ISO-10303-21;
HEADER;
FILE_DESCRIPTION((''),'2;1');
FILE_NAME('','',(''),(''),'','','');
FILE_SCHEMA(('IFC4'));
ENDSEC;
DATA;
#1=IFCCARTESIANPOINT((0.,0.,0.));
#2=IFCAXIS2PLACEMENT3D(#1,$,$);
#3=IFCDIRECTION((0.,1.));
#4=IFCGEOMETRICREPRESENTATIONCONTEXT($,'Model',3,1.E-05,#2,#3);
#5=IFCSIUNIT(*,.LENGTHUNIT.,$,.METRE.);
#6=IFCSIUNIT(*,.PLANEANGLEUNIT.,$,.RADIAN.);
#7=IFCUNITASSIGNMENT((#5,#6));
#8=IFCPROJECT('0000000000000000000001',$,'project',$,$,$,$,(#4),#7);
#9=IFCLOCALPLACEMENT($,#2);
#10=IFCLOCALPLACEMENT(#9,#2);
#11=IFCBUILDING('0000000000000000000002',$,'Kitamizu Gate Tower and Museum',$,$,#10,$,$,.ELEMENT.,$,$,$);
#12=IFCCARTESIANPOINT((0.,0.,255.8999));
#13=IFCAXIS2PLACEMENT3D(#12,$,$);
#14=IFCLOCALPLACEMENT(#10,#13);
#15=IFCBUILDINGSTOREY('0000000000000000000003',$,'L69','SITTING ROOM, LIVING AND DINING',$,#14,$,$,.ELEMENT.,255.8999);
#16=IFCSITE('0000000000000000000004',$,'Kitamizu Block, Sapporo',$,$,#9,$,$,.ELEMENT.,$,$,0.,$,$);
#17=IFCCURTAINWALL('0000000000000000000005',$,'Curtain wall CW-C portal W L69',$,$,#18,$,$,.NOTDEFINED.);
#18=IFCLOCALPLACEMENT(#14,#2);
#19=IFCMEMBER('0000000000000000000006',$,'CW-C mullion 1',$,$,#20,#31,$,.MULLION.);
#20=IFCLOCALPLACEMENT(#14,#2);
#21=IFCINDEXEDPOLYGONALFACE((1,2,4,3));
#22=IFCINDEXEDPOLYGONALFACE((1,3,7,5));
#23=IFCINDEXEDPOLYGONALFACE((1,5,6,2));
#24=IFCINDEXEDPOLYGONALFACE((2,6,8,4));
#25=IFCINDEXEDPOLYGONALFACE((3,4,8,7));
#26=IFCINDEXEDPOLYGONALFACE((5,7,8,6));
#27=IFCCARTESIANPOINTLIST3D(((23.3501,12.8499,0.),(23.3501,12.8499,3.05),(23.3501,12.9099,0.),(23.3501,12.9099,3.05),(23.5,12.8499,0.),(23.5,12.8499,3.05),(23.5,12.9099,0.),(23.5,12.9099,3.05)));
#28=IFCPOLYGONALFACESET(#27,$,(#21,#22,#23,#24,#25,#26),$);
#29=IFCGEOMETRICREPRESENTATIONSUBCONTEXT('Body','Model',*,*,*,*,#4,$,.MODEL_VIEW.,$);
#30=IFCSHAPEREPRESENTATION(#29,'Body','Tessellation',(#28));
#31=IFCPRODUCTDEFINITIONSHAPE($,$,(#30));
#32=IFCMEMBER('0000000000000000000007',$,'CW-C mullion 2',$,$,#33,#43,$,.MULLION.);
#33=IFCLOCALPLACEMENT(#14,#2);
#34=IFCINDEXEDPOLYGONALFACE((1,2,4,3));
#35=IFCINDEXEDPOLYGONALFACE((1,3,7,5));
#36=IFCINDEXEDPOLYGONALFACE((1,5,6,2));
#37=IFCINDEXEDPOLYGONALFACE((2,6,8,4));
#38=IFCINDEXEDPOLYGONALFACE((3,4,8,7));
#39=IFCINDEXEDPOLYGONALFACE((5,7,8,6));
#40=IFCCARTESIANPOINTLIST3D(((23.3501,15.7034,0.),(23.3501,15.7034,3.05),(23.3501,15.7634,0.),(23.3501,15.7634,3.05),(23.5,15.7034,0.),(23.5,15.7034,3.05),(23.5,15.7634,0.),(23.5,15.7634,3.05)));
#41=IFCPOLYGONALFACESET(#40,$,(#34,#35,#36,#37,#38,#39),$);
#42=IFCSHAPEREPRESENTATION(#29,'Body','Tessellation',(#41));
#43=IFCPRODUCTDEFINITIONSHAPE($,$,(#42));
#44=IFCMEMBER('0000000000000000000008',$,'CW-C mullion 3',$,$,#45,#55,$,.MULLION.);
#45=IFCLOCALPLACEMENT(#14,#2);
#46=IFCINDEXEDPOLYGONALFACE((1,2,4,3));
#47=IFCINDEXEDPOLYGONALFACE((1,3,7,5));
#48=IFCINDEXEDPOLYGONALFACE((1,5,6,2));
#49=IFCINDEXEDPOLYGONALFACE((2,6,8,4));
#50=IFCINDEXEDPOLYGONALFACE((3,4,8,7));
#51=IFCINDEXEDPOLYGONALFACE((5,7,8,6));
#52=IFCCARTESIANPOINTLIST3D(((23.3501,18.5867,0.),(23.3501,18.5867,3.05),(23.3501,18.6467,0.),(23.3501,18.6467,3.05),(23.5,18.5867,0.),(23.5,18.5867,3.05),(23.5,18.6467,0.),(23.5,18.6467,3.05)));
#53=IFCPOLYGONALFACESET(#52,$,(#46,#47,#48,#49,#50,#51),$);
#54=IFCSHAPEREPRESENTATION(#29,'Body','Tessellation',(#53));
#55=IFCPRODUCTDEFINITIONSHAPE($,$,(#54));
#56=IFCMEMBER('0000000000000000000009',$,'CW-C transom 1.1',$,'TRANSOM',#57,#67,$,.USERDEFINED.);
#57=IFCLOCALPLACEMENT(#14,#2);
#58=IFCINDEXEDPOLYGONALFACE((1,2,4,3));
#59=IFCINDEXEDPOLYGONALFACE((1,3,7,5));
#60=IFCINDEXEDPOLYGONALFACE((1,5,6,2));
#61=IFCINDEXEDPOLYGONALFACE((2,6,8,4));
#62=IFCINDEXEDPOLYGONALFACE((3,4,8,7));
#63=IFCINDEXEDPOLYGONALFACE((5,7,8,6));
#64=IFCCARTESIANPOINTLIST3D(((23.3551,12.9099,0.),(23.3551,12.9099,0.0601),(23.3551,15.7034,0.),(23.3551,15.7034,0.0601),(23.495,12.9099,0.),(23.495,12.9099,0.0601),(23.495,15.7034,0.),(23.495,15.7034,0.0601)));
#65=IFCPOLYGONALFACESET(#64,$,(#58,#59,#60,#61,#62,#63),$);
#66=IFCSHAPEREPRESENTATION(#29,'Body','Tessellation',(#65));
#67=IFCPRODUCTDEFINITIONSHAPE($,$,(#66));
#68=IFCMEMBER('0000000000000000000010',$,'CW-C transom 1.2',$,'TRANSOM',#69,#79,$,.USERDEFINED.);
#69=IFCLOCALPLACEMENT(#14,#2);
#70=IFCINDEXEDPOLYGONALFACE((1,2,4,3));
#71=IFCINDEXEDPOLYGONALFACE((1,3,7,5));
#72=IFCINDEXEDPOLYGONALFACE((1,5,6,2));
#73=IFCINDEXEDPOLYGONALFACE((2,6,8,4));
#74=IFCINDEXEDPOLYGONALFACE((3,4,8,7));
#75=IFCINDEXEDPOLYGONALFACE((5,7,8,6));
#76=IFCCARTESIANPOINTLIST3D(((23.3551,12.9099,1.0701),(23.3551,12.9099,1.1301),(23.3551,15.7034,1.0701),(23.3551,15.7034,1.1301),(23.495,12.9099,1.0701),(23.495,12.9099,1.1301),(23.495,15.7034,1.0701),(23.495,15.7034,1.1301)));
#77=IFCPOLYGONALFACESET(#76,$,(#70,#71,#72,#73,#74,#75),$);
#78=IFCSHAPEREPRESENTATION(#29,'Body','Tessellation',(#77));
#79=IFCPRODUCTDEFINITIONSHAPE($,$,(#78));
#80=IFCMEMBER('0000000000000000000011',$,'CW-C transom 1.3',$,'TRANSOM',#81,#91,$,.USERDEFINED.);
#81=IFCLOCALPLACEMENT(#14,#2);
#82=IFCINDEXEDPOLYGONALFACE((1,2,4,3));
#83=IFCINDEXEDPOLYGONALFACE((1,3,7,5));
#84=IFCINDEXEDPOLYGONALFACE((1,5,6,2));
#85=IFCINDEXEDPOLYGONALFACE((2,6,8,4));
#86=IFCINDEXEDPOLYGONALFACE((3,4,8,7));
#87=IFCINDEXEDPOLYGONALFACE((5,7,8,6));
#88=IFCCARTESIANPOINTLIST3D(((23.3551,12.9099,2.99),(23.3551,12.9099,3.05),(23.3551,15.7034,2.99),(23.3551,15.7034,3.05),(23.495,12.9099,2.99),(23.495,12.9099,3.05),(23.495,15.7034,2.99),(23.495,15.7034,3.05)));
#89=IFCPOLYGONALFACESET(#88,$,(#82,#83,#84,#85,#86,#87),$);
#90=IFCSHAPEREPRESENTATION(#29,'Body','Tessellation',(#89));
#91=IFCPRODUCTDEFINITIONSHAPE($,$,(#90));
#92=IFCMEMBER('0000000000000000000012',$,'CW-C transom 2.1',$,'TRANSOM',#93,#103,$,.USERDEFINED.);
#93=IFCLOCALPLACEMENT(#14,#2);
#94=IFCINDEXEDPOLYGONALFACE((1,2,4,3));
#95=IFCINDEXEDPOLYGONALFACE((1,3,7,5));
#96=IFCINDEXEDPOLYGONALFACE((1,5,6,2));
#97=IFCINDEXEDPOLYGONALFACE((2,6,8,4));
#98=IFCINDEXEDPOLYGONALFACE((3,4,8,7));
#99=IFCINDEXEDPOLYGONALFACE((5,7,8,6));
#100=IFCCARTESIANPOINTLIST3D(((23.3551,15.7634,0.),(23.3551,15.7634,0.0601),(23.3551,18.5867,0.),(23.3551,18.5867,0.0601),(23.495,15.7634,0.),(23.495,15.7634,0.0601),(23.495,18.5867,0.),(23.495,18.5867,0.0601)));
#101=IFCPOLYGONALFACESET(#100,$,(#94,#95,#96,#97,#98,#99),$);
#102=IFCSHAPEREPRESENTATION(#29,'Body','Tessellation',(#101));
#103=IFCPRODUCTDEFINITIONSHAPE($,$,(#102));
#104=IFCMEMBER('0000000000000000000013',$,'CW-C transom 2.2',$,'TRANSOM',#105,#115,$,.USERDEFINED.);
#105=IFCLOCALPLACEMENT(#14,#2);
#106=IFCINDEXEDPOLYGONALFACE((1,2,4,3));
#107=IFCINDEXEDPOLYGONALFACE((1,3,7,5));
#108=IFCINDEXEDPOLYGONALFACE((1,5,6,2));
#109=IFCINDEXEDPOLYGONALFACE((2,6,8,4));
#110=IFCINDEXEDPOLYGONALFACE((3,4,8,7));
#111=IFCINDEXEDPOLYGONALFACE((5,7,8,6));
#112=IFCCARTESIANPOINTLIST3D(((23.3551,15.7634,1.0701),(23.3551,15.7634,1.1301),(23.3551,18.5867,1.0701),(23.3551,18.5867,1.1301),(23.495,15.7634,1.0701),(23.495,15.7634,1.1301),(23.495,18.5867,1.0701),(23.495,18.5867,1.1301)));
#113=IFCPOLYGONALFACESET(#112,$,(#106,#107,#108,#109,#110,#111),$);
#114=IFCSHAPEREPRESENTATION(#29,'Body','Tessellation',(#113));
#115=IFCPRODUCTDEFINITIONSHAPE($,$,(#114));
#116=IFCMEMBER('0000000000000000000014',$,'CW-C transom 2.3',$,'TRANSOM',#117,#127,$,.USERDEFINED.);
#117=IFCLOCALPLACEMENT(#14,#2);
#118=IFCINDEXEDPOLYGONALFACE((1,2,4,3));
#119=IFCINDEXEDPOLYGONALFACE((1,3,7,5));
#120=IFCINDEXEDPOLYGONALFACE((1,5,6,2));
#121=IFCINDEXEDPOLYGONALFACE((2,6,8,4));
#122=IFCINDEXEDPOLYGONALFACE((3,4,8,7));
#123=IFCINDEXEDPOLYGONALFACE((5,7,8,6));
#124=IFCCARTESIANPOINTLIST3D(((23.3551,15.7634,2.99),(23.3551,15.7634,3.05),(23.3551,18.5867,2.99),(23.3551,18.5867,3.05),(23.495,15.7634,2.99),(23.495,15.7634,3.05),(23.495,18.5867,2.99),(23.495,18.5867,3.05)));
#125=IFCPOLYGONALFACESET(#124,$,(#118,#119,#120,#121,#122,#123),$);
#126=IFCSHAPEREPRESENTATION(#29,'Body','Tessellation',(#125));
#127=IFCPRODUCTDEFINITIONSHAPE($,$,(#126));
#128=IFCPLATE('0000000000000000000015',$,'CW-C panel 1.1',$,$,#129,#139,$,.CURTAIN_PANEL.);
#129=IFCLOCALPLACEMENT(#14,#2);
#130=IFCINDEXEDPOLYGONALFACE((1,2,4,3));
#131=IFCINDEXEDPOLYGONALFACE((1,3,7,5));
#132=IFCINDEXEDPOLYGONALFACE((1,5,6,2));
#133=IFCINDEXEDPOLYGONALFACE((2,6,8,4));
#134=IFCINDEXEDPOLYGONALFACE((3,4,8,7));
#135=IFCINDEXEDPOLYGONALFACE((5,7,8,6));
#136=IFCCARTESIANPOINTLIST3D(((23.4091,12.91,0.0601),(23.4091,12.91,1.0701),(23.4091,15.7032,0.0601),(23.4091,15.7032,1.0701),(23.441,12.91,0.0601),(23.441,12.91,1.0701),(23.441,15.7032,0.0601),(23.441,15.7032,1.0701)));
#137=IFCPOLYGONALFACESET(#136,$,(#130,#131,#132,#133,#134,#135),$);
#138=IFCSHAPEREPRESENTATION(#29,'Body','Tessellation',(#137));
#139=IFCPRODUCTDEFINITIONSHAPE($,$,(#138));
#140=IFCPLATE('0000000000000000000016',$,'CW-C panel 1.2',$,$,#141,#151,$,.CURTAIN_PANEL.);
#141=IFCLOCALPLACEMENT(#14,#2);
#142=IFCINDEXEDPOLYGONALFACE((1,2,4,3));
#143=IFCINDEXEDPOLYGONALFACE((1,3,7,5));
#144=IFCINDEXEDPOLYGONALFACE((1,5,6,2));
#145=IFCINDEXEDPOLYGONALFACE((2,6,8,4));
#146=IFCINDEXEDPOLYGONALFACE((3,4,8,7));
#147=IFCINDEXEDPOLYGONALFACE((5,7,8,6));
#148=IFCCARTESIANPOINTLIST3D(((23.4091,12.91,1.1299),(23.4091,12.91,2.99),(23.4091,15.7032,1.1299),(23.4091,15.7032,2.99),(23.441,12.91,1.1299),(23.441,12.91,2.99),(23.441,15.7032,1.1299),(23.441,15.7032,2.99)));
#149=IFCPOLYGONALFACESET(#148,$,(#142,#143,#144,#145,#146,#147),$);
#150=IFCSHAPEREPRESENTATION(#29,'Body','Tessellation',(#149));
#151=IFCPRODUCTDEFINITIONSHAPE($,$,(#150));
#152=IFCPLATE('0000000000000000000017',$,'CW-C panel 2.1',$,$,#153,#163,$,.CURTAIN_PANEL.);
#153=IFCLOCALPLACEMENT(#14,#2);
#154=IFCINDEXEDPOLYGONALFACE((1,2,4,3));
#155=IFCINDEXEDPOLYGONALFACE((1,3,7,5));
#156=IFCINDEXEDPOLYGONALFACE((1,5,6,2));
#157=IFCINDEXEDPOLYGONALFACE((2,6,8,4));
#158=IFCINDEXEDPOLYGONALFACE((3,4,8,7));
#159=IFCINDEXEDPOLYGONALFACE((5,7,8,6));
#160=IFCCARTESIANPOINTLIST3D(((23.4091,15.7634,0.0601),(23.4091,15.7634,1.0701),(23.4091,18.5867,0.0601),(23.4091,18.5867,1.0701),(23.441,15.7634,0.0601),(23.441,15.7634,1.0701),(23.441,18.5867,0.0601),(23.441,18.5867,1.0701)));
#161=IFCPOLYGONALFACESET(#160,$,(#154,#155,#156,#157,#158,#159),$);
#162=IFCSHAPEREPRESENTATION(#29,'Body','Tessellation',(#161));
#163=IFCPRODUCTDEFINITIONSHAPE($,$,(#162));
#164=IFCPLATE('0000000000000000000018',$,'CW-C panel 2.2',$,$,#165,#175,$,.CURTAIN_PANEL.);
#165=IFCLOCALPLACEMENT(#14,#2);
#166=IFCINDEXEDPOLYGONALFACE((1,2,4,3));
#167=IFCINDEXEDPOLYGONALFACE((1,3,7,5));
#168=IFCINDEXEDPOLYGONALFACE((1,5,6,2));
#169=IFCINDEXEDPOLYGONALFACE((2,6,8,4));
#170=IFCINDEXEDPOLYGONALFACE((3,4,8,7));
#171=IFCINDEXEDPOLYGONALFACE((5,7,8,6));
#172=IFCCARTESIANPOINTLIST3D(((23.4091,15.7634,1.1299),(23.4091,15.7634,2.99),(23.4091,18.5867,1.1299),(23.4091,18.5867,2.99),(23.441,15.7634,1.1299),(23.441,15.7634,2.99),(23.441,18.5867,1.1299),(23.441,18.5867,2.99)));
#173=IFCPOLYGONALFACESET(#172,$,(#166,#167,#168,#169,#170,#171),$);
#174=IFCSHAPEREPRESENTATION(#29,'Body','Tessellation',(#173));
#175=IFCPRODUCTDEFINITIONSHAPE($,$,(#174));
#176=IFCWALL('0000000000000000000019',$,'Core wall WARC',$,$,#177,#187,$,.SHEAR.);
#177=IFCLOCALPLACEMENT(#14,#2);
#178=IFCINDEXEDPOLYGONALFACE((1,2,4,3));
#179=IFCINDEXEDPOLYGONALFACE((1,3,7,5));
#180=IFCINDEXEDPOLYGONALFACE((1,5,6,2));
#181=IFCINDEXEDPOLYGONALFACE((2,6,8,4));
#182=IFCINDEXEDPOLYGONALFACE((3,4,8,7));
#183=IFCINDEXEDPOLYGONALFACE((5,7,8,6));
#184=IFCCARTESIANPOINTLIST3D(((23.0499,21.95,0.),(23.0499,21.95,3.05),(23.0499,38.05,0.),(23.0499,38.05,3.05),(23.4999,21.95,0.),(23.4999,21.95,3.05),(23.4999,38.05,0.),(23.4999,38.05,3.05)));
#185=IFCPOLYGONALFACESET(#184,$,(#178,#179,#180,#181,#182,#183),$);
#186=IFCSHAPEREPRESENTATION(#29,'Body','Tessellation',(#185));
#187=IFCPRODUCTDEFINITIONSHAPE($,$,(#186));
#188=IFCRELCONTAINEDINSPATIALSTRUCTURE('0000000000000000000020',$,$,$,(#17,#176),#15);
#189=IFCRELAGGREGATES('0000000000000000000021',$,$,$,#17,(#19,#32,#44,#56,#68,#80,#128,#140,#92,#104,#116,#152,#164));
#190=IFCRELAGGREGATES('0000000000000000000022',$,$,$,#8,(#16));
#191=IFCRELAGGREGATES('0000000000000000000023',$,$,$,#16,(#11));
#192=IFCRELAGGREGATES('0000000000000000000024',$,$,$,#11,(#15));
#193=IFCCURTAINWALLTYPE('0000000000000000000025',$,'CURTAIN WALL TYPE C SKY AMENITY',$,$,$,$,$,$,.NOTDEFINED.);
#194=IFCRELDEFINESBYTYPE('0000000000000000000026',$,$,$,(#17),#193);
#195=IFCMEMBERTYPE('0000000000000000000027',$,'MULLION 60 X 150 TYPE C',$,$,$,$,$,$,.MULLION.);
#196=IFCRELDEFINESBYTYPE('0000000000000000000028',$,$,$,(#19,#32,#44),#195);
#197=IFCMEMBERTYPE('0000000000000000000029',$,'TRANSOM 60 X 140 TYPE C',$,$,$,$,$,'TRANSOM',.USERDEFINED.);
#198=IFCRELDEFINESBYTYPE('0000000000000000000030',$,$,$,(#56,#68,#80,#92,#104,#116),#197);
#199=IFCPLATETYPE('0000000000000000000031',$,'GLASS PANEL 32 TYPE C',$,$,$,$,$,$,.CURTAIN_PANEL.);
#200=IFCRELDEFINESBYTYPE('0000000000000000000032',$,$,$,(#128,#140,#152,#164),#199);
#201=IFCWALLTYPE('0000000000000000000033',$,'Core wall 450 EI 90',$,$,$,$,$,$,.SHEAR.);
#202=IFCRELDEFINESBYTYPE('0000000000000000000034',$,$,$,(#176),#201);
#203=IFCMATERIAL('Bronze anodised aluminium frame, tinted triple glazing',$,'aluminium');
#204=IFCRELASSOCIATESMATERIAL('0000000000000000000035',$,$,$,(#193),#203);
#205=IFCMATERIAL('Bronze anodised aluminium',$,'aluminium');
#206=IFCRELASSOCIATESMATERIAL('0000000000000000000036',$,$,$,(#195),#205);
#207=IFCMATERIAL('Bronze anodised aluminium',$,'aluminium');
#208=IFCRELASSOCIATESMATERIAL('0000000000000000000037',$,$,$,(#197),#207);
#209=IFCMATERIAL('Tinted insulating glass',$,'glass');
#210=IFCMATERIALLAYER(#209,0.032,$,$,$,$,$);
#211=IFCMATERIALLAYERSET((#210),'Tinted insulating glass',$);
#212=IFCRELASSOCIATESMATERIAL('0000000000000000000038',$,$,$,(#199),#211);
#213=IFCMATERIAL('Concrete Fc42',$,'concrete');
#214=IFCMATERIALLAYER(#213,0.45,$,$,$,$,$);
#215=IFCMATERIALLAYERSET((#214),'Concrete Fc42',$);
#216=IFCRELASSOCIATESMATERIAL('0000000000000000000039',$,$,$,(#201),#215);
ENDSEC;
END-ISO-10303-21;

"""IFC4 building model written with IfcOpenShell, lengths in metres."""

from ifc_helpers import new_model, si_unit, direction, frame, frame_2d, origin, origin_2d, place, context, subcontext, project, spatial, rectangle, extrude, material, layer, layer_set, material_profile, profile_set, type_object, element, aggregate, save


model = new_model("IFC4")

# Units and contexts
model_context = context("Model", 3, precision=1e-05, world=origin(), true_north=direction((0.0, 1.0)))
body_context = subcontext(model_context, "Body", "Model", "MODEL_VIEW")
ifc_project = project(units=[si_unit("LENGTHUNIT", "METRE"), si_unit("PLANEANGLEUNIT", "RADIAN")], contexts=[model_context])

# Site, building, storey
site_placement = place(None, origin())
site = spatial("IfcSite", under=ifc_project, at=site_placement, Name="Kitamizu Block, Sapporo", CompositionType="ELEMENT", RefElevation=0.0)
building_placement = place(site_placement, origin())
building = spatial("IfcBuilding", under=site, at=building_placement, Name="Kitamizu Gate Tower and Museum", CompositionType="ELEMENT")
storey_placement = place(building_placement, frame((0.0, 0.0, 255.8999)))
storey = spatial("IfcBuildingStorey", under=building, at=storey_placement, Name="L69", Description="SITTING ROOM, LIVING AND DINING", CompositionType="ELEMENT", Elevation=255.8999)

# Curtain wall, members, plates
ifc_material_1 = material(Name="Bronze anodised aluminium frame, tinted triple glazing", Category="aluminium")
curtain_wall_type = type_object("IfcCurtainWallType", Name="CURTAIN WALL TYPE C SKY AMENITY", PredefinedType="NOTDEFINED", material=ifc_material_1)
curtain_wall_placement = place(storey_placement, origin())
curtain_wall = element("IfcCurtainWall", 1, at=curtain_wall_placement, inside=storey, type_object=curtain_wall_type, Name="Curtain wall CW-C portal W L69", PredefinedType="NOTDEFINED")
ifc_material_2 = material(Name="Bronze anodised aluminium", Category="aluminium")
ifc_material_profile_1 = material_profile(ifc_material_2, rectangle(XDim=0.0601, YDim=0.1499, at=origin_2d()), Name="AL 60X150")
ifc_profile_set_1 = profile_set([ifc_material_profile_1], Name="Bronze anodised aluminium")
member_type_1 = type_object("IfcMemberType", Name="MULLION 60 X 150 TYPE C", PredefinedType="MULLION", material=ifc_profile_set_1)
member_1_placement = place(storey_placement, frame((23.425, 12.8799, 0.0), z_axis=(0.0, 0.0, 1.0), x_axis=(0.0, 1.0, 0.0)))
member_1 = element("IfcMember", 2, at=member_1_placement, type_object=member_type_1, Name="CW-C mullion 1", PredefinedType="MULLION", context=body_context, shape_type="SweptSolid", body=[
    extrude(rectangle(XDim=0.0601, YDim=0.1499, at=origin_2d()), origin(), (0.0, 0.0, 1.0), 3.05),
])
member_2_placement = place(storey_placement, frame((23.425, 15.7334, 0.0), z_axis=(0.0, 0.0, 1.0), x_axis=(0.0, 1.0, 0.0)))
member_2 = element("IfcMember", 3, at=member_2_placement, type_object=member_type_1, Name="CW-C mullion 2", PredefinedType="MULLION", context=body_context, shape_type="SweptSolid", body=[
    extrude(rectangle(XDim=0.0601, YDim=0.1499, at=origin_2d()), origin(), (0.0, 0.0, 1.0), 3.05),
])
member_3_placement = place(storey_placement, frame((23.425, 18.6167, 0.0), z_axis=(0.0, 0.0, 1.0), x_axis=(0.0, 1.0, 0.0)))
member_3 = element("IfcMember", 4, at=member_3_placement, type_object=member_type_1, Name="CW-C mullion 3", PredefinedType="MULLION", context=body_context, shape_type="SweptSolid", body=[
    extrude(rectangle(XDim=0.0601, YDim=0.1499, at=origin_2d()), origin(), (0.0, 0.0, 1.0), 3.05),
])
ifc_material_3 = material(Name="Bronze anodised aluminium", Category="aluminium")
ifc_material_profile_2 = material_profile(ifc_material_3, rectangle(XDim=0.1399, YDim=0.0601, at=origin_2d()), Name="AL 60X140")
ifc_profile_set_2 = profile_set([ifc_material_profile_2], Name="Bronze anodised aluminium")
member_type_2 = type_object("IfcMemberType", Name="TRANSOM 60 X 140 TYPE C", ElementType="TRANSOM", PredefinedType="USERDEFINED", material=ifc_profile_set_2)
member_4_placement = place(storey_placement, frame((23.425, 12.9099, 0.03), z_axis=(0.0, 1.0, 0.0), x_axis=(-1.0, 0.0, 0.0)))
member_4 = element("IfcMember", 5, at=member_4_placement, type_object=member_type_2, Name="CW-C transom 1.1", ObjectType="TRANSOM", PredefinedType="USERDEFINED", context=body_context, shape_type="SweptSolid", body=[
    extrude(rectangle(XDim=0.1399, YDim=0.0601, at=origin_2d()), origin(), (0.0, 0.0, 1.0), 2.7935),
])
member_5_placement = place(storey_placement, frame((23.425, 12.9099, 1.1001), z_axis=(0.0, 1.0, 0.0), x_axis=(-1.0, 0.0, 0.0)))
member_5 = element("IfcMember", 6, at=member_5_placement, type_object=member_type_2, Name="CW-C transom 1.2", ObjectType="TRANSOM", PredefinedType="USERDEFINED", context=body_context, shape_type="SweptSolid", body=[
    extrude(rectangle(XDim=0.1399, YDim=0.0601, at=origin_2d()), origin(), (0.0, 0.0, 1.0), 2.7935),
])
member_6_placement = place(storey_placement, frame((23.425, 12.9099, 3.02), z_axis=(0.0, 1.0, 0.0), x_axis=(-1.0, 0.0, 0.0)))
member_6 = element("IfcMember", 7, at=member_6_placement, type_object=member_type_2, Name="CW-C transom 1.3", ObjectType="TRANSOM", PredefinedType="USERDEFINED", context=body_context, shape_type="SweptSolid", body=[
    extrude(rectangle(XDim=0.1399, YDim=0.0601, at=origin_2d()), origin(), (0.0, 0.0, 1.0), 2.7935),
])
member_7_placement = place(storey_placement, frame((23.425, 15.7634, 0.03), z_axis=(0.0, 1.0, 0.0), x_axis=(-1.0, 0.0, 0.0)))
member_7 = element("IfcMember", 8, at=member_7_placement, type_object=member_type_2, Name="CW-C transom 2.1", ObjectType="TRANSOM", PredefinedType="USERDEFINED", context=body_context, shape_type="SweptSolid", body=[
    extrude(rectangle(XDim=0.1399, YDim=0.0601, at=origin_2d()), origin(), (0.0, 0.0, 1.0), 2.8232),
])
member_8_placement = place(storey_placement, frame((23.425, 15.7634, 1.1001), z_axis=(0.0, 1.0, 0.0), x_axis=(-1.0, 0.0, 0.0)))
member_8 = element("IfcMember", 9, at=member_8_placement, type_object=member_type_2, Name="CW-C transom 2.2", ObjectType="TRANSOM", PredefinedType="USERDEFINED", context=body_context, shape_type="SweptSolid", body=[
    extrude(rectangle(XDim=0.1399, YDim=0.0601, at=origin_2d()), origin(), (0.0, 0.0, 1.0), 2.8232),
])
member_9_placement = place(storey_placement, frame((23.425, 15.7634, 3.02), z_axis=(0.0, 1.0, 0.0), x_axis=(-1.0, 0.0, 0.0)))
member_9 = element("IfcMember", 10, at=member_9_placement, type_object=member_type_2, Name="CW-C transom 2.3", ObjectType="TRANSOM", PredefinedType="USERDEFINED", context=body_context, shape_type="SweptSolid", body=[
    extrude(rectangle(XDim=0.1399, YDim=0.0601, at=origin_2d()), origin(), (0.0, 0.0, 1.0), 2.8232),
])
ifc_material_4 = material(Name="Tinted insulating glass", Category="glass")
ifc_layer_1 = layer(ifc_material_4, 0.032)
ifc_layer_set_1 = layer_set([ifc_layer_1], Name="Tinted insulating glass")
plate_type = type_object("IfcPlateType", Name="GLASS PANEL 32 TYPE C", PredefinedType="CURTAIN_PANEL", material=ifc_layer_set_1)
plate_1_placement = place(storey_placement, frame((23.425, 14.3066, 0.0601), z_axis=(0.0, 0.0, 1.0), x_axis=(0.0, 1.0, 0.0)))
plate_1 = element("IfcPlate", 11, at=plate_1_placement, type_object=plate_type, Name="CW-C panel 1.1", PredefinedType="CURTAIN_PANEL", context=body_context, shape_type="SweptSolid", body=[
    extrude(rectangle(XDim=2.7932, YDim=0.032, at=origin_2d()), origin(), (0.0, 0.0, 1.0), 1.01),
])
plate_2_placement = place(storey_placement, frame((23.425, 14.3066, 1.1299), z_axis=(0.0, 0.0, 1.0), x_axis=(0.0, 1.0, 0.0)))
plate_2 = element("IfcPlate", 12, at=plate_2_placement, type_object=plate_type, Name="CW-C panel 1.2", PredefinedType="CURTAIN_PANEL", context=body_context, shape_type="SweptSolid", body=[
    extrude(rectangle(XDim=2.7932, YDim=0.032, at=origin_2d()), origin(), (0.0, 0.0, 1.0), 1.8601),
])
plate_3_placement = place(storey_placement, frame((23.425, 17.175, 0.0601), z_axis=(0.0, 0.0, 1.0), x_axis=(0.0, 1.0, 0.0)))
plate_3 = element("IfcPlate", 13, at=plate_3_placement, type_object=plate_type, Name="CW-C panel 2.1", PredefinedType="CURTAIN_PANEL", context=body_context, shape_type="SweptSolid", body=[
    extrude(rectangle(XDim=2.8232, YDim=0.032, at=origin_2d()), origin(), (0.0, 0.0, 1.0), 1.01),
])
plate_4_placement = place(storey_placement, frame((23.425, 17.175, 1.1299), z_axis=(0.0, 0.0, 1.0), x_axis=(0.0, 1.0, 0.0)))
plate_4 = element("IfcPlate", 14, at=plate_4_placement, type_object=plate_type, Name="CW-C panel 2.2", PredefinedType="CURTAIN_PANEL", context=body_context, shape_type="SweptSolid", body=[
    extrude(rectangle(XDim=2.8232, YDim=0.032, at=origin_2d()), origin(), (0.0, 0.0, 1.0), 1.8601),
])
aggregate(curtain_wall, [member_1, member_2, member_3, member_4, member_5, member_6, plate_1, plate_2, member_7, member_8, member_9, plate_3, plate_4])

# Wall
ifc_material_5 = material(Name="Concrete Fc42", Category="concrete")
ifc_layer_2 = layer(ifc_material_5, 0.45)
ifc_layer_set_2 = layer_set([ifc_layer_2], Name="Concrete Fc42")
wall_type_1 = type_object("IfcWallType", Name="Core wall 450 EI 90", PredefinedType="SHEAR", material=ifc_layer_set_2)
wall_1_placement = place(storey_placement, frame((23.2749, 21.95, 0.0), z_axis=(0.0, 0.0, 1.0), x_axis=(0.0, 1.0, 0.0)))
element("IfcWall", 15, at=wall_1_placement, inside=storey, type_object=wall_type_1, Name="Core wall WARC", PredefinedType="SHEAR", context=body_context, shape_type="SweptSolid", body=[
    extrude(rectangle(XDim=16.1001, YDim=0.45, at=frame_2d((8.05, 0.0))), origin(), (0.0, 0.0, 1.0), 3.05),
])

save(model, "model.ifc")
